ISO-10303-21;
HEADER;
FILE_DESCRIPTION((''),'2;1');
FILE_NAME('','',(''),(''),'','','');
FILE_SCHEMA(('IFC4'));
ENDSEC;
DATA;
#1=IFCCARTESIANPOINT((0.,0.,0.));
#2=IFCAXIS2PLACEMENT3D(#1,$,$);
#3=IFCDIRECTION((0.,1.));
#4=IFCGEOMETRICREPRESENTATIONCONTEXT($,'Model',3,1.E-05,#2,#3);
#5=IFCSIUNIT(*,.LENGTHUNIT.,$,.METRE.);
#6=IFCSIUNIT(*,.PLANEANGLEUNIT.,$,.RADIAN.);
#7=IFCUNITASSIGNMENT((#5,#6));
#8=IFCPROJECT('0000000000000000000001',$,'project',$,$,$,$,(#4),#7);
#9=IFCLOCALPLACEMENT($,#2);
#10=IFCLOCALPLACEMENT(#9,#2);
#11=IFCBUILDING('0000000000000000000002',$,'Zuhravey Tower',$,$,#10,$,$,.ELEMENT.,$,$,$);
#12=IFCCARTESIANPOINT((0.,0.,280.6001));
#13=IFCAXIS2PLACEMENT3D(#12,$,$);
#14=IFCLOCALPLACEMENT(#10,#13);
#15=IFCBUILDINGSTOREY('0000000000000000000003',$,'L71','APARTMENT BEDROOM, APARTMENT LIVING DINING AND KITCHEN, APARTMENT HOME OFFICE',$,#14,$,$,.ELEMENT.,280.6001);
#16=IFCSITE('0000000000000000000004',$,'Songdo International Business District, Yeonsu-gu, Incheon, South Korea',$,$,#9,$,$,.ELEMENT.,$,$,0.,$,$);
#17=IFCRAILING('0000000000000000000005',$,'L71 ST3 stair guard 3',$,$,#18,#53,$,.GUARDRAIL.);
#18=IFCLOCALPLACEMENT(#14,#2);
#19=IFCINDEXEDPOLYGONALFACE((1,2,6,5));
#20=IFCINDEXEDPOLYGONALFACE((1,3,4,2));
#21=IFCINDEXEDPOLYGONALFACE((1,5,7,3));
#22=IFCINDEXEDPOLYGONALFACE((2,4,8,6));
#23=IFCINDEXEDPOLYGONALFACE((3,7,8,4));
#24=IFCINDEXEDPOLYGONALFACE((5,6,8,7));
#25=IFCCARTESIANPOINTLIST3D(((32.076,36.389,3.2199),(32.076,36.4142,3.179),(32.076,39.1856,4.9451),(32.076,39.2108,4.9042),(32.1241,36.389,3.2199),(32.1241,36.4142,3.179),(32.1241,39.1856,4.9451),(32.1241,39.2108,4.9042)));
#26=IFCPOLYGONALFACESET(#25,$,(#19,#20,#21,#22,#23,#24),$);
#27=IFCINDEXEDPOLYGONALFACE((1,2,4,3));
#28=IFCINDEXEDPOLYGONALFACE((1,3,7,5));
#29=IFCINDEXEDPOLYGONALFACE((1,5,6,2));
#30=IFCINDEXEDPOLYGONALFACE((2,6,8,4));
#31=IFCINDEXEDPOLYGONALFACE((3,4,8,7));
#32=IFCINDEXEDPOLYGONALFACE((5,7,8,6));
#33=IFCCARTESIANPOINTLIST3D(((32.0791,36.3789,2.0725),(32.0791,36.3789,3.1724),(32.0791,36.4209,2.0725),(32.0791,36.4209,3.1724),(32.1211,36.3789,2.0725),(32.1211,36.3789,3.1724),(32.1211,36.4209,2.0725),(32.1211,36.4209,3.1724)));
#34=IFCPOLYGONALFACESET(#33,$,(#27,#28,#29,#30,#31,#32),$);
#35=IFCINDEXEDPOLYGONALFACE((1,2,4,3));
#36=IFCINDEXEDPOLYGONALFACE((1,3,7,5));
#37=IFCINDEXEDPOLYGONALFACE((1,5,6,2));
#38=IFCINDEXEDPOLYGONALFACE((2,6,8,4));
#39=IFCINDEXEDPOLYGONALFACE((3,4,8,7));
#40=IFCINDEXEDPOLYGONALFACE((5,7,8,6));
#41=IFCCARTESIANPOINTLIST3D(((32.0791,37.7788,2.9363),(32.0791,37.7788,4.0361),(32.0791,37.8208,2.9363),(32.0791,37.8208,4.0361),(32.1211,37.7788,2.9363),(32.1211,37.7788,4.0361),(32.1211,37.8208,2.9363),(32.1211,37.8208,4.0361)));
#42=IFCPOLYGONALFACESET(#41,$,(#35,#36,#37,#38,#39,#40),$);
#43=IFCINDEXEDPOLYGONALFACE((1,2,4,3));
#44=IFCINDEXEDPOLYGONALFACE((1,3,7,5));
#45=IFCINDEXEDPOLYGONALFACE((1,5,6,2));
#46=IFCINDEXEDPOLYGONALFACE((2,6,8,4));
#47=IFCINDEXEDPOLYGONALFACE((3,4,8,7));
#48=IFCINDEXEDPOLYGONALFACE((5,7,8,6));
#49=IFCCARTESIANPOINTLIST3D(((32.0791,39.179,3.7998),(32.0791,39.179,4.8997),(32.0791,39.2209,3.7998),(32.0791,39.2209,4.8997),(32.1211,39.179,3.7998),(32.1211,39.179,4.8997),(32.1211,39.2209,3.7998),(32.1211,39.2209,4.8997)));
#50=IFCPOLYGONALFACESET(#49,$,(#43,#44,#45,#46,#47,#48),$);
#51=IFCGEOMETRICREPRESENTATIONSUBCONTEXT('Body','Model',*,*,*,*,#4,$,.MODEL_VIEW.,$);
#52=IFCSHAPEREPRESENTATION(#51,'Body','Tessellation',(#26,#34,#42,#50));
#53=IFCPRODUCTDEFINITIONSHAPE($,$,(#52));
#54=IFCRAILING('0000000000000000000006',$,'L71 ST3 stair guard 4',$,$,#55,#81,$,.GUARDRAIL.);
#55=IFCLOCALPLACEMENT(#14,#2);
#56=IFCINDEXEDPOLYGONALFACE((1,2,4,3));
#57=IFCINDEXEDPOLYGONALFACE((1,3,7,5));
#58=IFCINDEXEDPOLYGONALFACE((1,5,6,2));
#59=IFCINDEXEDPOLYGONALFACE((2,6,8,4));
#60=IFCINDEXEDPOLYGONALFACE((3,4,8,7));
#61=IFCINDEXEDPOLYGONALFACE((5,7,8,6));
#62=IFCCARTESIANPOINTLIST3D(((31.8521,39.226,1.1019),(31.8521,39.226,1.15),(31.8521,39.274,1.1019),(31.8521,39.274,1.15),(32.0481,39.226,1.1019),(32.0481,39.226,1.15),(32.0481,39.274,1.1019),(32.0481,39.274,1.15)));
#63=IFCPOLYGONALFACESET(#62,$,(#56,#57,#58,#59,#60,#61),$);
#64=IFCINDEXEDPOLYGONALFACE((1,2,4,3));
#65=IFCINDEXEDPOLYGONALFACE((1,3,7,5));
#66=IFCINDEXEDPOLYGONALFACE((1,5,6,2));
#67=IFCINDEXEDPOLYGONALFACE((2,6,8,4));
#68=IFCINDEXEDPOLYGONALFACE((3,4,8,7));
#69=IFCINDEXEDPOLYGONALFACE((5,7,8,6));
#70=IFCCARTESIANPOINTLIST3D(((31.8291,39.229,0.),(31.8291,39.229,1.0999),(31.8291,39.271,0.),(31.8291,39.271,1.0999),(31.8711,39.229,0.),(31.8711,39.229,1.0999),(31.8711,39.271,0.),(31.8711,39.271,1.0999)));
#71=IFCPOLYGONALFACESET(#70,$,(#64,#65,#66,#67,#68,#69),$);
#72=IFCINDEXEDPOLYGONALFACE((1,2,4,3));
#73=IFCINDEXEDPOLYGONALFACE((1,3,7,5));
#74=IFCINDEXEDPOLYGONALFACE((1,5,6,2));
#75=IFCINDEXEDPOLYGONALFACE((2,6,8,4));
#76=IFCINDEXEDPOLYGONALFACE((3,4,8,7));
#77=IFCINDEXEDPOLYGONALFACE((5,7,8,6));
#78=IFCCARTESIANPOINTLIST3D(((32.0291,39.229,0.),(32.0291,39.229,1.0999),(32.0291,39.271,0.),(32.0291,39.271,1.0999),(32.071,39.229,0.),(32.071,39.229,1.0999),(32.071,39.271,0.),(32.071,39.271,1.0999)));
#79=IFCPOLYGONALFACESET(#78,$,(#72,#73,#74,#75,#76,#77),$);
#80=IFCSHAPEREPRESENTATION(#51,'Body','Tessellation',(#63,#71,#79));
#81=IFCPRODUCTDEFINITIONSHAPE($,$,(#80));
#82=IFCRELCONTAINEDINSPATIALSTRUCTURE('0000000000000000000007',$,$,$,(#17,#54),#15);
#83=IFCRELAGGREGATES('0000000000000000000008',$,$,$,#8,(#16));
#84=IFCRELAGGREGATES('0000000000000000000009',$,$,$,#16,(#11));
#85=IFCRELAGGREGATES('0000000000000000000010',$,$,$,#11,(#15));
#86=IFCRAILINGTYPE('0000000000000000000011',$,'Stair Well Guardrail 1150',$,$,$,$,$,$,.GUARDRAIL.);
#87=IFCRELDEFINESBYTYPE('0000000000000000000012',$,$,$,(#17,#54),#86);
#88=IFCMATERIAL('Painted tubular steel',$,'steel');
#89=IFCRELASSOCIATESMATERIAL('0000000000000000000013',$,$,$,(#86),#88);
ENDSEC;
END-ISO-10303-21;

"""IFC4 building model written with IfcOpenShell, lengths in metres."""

from ifc_helpers import new_model, si_unit, direction, frame, origin, origin_2d, place, context, subcontext, project, spatial, rectangle, extrude, material, type_object, element, save


model = new_model("IFC4")

# Units and contexts
model_context = context("Model", 3, precision=1e-05, world=origin(), true_north=direction((0.0, 1.0)))
body_context = subcontext(model_context, "Body", "Model", "MODEL_VIEW")
ifc_project = project(units=[si_unit("LENGTHUNIT", "METRE"), si_unit("PLANEANGLEUNIT", "RADIAN")], contexts=[model_context])

# Site, building, storey
site_placement = place(None, origin())
site = spatial("IfcSite", under=ifc_project, at=site_placement, Name="Songdo International Business District, Yeonsu-gu, Incheon, South Korea", CompositionType="ELEMENT", RefElevation=0.0)
building_placement = place(site_placement, origin())
building = spatial("IfcBuilding", under=site, at=building_placement, Name="Zuhravey Tower", CompositionType="ELEMENT")
storey_placement = place(building_placement, frame((0.0, 0.0, 280.6001)))
storey = spatial("IfcBuildingStorey", under=building, at=storey_placement, Name="L71", Description="APARTMENT BEDROOM, APARTMENT LIVING DINING AND KITCHEN, APARTMENT HOME OFFICE", CompositionType="ELEMENT", Elevation=280.6001)

# Railings
ifc_material_1 = material(Name="Painted tubular steel", Category="steel")
railing_type_1 = type_object("IfcRailingType", Name="Stair Well Guardrail 1150", PredefinedType="GUARDRAIL", material=ifc_material_1)
railing_1_placement = place(storey_placement, frame((32.1001, 36.3999, 2.0725)))
element("IfcRailing", 1, at=railing_1_placement, inside=storey, type_object=railing_type_1, Name="L71 ST3 stair guard 3", PredefinedType="GUARDRAIL", context=body_context, shape_type="SweptSolid", body=[
    extrude(rectangle(XDim=0.0481, YDim=0.0481, at=origin_2d()), frame((0.0, 0.0017, 1.127), z_axis=(0.0, 0.85109, 0.52502), x_axis=(-1.0, 0.0, 0.0)), (0.0, 0.0, 1.0), 3.2859),
    extrude(rectangle(XDim=0.042, YDim=0.042, at=origin_2d()), origin(), (0.0, 0.0, 1.0), 1.0999),
    extrude(rectangle(XDim=0.042, YDim=0.042, at=origin_2d()), frame((0.0, 1.3999, 0.8638)), (0.0, 0.0, 1.0), 1.0999),
    extrude(rectangle(XDim=0.042, YDim=0.042, at=origin_2d()), frame((0.0, 2.8, 1.7273)), (0.0, 0.0, 1.0), 1.0999),
])
railing_2_placement = place(storey_placement, frame((31.8501, 39.25, 0.0)))
element("IfcRailing", 2, at=railing_2_placement, inside=storey, type_object=railing_type_1, Name="L71 ST3 stair guard 4", PredefinedType="GUARDRAIL", context=body_context, shape_type="SweptSolid", body=[
    extrude(rectangle(XDim=0.0481, YDim=0.0481, at=origin_2d()), frame((0.002, 0.0, 1.126), z_axis=(1.0, 0.0, 0.0), x_axis=(0.0, 1.0, 0.0)), (0.0, 0.0, 1.0), 0.196),
    extrude(rectangle(XDim=0.042, YDim=0.042, at=origin_2d()), origin(), (0.0, 0.0, 1.0), 1.0999),
    extrude(rectangle(XDim=0.042, YDim=0.042, at=origin_2d()), frame((0.2, 0.0, 0.0)), (0.0, 0.0, 1.0), 1.0999),
])

save(model, "model.ifc")
